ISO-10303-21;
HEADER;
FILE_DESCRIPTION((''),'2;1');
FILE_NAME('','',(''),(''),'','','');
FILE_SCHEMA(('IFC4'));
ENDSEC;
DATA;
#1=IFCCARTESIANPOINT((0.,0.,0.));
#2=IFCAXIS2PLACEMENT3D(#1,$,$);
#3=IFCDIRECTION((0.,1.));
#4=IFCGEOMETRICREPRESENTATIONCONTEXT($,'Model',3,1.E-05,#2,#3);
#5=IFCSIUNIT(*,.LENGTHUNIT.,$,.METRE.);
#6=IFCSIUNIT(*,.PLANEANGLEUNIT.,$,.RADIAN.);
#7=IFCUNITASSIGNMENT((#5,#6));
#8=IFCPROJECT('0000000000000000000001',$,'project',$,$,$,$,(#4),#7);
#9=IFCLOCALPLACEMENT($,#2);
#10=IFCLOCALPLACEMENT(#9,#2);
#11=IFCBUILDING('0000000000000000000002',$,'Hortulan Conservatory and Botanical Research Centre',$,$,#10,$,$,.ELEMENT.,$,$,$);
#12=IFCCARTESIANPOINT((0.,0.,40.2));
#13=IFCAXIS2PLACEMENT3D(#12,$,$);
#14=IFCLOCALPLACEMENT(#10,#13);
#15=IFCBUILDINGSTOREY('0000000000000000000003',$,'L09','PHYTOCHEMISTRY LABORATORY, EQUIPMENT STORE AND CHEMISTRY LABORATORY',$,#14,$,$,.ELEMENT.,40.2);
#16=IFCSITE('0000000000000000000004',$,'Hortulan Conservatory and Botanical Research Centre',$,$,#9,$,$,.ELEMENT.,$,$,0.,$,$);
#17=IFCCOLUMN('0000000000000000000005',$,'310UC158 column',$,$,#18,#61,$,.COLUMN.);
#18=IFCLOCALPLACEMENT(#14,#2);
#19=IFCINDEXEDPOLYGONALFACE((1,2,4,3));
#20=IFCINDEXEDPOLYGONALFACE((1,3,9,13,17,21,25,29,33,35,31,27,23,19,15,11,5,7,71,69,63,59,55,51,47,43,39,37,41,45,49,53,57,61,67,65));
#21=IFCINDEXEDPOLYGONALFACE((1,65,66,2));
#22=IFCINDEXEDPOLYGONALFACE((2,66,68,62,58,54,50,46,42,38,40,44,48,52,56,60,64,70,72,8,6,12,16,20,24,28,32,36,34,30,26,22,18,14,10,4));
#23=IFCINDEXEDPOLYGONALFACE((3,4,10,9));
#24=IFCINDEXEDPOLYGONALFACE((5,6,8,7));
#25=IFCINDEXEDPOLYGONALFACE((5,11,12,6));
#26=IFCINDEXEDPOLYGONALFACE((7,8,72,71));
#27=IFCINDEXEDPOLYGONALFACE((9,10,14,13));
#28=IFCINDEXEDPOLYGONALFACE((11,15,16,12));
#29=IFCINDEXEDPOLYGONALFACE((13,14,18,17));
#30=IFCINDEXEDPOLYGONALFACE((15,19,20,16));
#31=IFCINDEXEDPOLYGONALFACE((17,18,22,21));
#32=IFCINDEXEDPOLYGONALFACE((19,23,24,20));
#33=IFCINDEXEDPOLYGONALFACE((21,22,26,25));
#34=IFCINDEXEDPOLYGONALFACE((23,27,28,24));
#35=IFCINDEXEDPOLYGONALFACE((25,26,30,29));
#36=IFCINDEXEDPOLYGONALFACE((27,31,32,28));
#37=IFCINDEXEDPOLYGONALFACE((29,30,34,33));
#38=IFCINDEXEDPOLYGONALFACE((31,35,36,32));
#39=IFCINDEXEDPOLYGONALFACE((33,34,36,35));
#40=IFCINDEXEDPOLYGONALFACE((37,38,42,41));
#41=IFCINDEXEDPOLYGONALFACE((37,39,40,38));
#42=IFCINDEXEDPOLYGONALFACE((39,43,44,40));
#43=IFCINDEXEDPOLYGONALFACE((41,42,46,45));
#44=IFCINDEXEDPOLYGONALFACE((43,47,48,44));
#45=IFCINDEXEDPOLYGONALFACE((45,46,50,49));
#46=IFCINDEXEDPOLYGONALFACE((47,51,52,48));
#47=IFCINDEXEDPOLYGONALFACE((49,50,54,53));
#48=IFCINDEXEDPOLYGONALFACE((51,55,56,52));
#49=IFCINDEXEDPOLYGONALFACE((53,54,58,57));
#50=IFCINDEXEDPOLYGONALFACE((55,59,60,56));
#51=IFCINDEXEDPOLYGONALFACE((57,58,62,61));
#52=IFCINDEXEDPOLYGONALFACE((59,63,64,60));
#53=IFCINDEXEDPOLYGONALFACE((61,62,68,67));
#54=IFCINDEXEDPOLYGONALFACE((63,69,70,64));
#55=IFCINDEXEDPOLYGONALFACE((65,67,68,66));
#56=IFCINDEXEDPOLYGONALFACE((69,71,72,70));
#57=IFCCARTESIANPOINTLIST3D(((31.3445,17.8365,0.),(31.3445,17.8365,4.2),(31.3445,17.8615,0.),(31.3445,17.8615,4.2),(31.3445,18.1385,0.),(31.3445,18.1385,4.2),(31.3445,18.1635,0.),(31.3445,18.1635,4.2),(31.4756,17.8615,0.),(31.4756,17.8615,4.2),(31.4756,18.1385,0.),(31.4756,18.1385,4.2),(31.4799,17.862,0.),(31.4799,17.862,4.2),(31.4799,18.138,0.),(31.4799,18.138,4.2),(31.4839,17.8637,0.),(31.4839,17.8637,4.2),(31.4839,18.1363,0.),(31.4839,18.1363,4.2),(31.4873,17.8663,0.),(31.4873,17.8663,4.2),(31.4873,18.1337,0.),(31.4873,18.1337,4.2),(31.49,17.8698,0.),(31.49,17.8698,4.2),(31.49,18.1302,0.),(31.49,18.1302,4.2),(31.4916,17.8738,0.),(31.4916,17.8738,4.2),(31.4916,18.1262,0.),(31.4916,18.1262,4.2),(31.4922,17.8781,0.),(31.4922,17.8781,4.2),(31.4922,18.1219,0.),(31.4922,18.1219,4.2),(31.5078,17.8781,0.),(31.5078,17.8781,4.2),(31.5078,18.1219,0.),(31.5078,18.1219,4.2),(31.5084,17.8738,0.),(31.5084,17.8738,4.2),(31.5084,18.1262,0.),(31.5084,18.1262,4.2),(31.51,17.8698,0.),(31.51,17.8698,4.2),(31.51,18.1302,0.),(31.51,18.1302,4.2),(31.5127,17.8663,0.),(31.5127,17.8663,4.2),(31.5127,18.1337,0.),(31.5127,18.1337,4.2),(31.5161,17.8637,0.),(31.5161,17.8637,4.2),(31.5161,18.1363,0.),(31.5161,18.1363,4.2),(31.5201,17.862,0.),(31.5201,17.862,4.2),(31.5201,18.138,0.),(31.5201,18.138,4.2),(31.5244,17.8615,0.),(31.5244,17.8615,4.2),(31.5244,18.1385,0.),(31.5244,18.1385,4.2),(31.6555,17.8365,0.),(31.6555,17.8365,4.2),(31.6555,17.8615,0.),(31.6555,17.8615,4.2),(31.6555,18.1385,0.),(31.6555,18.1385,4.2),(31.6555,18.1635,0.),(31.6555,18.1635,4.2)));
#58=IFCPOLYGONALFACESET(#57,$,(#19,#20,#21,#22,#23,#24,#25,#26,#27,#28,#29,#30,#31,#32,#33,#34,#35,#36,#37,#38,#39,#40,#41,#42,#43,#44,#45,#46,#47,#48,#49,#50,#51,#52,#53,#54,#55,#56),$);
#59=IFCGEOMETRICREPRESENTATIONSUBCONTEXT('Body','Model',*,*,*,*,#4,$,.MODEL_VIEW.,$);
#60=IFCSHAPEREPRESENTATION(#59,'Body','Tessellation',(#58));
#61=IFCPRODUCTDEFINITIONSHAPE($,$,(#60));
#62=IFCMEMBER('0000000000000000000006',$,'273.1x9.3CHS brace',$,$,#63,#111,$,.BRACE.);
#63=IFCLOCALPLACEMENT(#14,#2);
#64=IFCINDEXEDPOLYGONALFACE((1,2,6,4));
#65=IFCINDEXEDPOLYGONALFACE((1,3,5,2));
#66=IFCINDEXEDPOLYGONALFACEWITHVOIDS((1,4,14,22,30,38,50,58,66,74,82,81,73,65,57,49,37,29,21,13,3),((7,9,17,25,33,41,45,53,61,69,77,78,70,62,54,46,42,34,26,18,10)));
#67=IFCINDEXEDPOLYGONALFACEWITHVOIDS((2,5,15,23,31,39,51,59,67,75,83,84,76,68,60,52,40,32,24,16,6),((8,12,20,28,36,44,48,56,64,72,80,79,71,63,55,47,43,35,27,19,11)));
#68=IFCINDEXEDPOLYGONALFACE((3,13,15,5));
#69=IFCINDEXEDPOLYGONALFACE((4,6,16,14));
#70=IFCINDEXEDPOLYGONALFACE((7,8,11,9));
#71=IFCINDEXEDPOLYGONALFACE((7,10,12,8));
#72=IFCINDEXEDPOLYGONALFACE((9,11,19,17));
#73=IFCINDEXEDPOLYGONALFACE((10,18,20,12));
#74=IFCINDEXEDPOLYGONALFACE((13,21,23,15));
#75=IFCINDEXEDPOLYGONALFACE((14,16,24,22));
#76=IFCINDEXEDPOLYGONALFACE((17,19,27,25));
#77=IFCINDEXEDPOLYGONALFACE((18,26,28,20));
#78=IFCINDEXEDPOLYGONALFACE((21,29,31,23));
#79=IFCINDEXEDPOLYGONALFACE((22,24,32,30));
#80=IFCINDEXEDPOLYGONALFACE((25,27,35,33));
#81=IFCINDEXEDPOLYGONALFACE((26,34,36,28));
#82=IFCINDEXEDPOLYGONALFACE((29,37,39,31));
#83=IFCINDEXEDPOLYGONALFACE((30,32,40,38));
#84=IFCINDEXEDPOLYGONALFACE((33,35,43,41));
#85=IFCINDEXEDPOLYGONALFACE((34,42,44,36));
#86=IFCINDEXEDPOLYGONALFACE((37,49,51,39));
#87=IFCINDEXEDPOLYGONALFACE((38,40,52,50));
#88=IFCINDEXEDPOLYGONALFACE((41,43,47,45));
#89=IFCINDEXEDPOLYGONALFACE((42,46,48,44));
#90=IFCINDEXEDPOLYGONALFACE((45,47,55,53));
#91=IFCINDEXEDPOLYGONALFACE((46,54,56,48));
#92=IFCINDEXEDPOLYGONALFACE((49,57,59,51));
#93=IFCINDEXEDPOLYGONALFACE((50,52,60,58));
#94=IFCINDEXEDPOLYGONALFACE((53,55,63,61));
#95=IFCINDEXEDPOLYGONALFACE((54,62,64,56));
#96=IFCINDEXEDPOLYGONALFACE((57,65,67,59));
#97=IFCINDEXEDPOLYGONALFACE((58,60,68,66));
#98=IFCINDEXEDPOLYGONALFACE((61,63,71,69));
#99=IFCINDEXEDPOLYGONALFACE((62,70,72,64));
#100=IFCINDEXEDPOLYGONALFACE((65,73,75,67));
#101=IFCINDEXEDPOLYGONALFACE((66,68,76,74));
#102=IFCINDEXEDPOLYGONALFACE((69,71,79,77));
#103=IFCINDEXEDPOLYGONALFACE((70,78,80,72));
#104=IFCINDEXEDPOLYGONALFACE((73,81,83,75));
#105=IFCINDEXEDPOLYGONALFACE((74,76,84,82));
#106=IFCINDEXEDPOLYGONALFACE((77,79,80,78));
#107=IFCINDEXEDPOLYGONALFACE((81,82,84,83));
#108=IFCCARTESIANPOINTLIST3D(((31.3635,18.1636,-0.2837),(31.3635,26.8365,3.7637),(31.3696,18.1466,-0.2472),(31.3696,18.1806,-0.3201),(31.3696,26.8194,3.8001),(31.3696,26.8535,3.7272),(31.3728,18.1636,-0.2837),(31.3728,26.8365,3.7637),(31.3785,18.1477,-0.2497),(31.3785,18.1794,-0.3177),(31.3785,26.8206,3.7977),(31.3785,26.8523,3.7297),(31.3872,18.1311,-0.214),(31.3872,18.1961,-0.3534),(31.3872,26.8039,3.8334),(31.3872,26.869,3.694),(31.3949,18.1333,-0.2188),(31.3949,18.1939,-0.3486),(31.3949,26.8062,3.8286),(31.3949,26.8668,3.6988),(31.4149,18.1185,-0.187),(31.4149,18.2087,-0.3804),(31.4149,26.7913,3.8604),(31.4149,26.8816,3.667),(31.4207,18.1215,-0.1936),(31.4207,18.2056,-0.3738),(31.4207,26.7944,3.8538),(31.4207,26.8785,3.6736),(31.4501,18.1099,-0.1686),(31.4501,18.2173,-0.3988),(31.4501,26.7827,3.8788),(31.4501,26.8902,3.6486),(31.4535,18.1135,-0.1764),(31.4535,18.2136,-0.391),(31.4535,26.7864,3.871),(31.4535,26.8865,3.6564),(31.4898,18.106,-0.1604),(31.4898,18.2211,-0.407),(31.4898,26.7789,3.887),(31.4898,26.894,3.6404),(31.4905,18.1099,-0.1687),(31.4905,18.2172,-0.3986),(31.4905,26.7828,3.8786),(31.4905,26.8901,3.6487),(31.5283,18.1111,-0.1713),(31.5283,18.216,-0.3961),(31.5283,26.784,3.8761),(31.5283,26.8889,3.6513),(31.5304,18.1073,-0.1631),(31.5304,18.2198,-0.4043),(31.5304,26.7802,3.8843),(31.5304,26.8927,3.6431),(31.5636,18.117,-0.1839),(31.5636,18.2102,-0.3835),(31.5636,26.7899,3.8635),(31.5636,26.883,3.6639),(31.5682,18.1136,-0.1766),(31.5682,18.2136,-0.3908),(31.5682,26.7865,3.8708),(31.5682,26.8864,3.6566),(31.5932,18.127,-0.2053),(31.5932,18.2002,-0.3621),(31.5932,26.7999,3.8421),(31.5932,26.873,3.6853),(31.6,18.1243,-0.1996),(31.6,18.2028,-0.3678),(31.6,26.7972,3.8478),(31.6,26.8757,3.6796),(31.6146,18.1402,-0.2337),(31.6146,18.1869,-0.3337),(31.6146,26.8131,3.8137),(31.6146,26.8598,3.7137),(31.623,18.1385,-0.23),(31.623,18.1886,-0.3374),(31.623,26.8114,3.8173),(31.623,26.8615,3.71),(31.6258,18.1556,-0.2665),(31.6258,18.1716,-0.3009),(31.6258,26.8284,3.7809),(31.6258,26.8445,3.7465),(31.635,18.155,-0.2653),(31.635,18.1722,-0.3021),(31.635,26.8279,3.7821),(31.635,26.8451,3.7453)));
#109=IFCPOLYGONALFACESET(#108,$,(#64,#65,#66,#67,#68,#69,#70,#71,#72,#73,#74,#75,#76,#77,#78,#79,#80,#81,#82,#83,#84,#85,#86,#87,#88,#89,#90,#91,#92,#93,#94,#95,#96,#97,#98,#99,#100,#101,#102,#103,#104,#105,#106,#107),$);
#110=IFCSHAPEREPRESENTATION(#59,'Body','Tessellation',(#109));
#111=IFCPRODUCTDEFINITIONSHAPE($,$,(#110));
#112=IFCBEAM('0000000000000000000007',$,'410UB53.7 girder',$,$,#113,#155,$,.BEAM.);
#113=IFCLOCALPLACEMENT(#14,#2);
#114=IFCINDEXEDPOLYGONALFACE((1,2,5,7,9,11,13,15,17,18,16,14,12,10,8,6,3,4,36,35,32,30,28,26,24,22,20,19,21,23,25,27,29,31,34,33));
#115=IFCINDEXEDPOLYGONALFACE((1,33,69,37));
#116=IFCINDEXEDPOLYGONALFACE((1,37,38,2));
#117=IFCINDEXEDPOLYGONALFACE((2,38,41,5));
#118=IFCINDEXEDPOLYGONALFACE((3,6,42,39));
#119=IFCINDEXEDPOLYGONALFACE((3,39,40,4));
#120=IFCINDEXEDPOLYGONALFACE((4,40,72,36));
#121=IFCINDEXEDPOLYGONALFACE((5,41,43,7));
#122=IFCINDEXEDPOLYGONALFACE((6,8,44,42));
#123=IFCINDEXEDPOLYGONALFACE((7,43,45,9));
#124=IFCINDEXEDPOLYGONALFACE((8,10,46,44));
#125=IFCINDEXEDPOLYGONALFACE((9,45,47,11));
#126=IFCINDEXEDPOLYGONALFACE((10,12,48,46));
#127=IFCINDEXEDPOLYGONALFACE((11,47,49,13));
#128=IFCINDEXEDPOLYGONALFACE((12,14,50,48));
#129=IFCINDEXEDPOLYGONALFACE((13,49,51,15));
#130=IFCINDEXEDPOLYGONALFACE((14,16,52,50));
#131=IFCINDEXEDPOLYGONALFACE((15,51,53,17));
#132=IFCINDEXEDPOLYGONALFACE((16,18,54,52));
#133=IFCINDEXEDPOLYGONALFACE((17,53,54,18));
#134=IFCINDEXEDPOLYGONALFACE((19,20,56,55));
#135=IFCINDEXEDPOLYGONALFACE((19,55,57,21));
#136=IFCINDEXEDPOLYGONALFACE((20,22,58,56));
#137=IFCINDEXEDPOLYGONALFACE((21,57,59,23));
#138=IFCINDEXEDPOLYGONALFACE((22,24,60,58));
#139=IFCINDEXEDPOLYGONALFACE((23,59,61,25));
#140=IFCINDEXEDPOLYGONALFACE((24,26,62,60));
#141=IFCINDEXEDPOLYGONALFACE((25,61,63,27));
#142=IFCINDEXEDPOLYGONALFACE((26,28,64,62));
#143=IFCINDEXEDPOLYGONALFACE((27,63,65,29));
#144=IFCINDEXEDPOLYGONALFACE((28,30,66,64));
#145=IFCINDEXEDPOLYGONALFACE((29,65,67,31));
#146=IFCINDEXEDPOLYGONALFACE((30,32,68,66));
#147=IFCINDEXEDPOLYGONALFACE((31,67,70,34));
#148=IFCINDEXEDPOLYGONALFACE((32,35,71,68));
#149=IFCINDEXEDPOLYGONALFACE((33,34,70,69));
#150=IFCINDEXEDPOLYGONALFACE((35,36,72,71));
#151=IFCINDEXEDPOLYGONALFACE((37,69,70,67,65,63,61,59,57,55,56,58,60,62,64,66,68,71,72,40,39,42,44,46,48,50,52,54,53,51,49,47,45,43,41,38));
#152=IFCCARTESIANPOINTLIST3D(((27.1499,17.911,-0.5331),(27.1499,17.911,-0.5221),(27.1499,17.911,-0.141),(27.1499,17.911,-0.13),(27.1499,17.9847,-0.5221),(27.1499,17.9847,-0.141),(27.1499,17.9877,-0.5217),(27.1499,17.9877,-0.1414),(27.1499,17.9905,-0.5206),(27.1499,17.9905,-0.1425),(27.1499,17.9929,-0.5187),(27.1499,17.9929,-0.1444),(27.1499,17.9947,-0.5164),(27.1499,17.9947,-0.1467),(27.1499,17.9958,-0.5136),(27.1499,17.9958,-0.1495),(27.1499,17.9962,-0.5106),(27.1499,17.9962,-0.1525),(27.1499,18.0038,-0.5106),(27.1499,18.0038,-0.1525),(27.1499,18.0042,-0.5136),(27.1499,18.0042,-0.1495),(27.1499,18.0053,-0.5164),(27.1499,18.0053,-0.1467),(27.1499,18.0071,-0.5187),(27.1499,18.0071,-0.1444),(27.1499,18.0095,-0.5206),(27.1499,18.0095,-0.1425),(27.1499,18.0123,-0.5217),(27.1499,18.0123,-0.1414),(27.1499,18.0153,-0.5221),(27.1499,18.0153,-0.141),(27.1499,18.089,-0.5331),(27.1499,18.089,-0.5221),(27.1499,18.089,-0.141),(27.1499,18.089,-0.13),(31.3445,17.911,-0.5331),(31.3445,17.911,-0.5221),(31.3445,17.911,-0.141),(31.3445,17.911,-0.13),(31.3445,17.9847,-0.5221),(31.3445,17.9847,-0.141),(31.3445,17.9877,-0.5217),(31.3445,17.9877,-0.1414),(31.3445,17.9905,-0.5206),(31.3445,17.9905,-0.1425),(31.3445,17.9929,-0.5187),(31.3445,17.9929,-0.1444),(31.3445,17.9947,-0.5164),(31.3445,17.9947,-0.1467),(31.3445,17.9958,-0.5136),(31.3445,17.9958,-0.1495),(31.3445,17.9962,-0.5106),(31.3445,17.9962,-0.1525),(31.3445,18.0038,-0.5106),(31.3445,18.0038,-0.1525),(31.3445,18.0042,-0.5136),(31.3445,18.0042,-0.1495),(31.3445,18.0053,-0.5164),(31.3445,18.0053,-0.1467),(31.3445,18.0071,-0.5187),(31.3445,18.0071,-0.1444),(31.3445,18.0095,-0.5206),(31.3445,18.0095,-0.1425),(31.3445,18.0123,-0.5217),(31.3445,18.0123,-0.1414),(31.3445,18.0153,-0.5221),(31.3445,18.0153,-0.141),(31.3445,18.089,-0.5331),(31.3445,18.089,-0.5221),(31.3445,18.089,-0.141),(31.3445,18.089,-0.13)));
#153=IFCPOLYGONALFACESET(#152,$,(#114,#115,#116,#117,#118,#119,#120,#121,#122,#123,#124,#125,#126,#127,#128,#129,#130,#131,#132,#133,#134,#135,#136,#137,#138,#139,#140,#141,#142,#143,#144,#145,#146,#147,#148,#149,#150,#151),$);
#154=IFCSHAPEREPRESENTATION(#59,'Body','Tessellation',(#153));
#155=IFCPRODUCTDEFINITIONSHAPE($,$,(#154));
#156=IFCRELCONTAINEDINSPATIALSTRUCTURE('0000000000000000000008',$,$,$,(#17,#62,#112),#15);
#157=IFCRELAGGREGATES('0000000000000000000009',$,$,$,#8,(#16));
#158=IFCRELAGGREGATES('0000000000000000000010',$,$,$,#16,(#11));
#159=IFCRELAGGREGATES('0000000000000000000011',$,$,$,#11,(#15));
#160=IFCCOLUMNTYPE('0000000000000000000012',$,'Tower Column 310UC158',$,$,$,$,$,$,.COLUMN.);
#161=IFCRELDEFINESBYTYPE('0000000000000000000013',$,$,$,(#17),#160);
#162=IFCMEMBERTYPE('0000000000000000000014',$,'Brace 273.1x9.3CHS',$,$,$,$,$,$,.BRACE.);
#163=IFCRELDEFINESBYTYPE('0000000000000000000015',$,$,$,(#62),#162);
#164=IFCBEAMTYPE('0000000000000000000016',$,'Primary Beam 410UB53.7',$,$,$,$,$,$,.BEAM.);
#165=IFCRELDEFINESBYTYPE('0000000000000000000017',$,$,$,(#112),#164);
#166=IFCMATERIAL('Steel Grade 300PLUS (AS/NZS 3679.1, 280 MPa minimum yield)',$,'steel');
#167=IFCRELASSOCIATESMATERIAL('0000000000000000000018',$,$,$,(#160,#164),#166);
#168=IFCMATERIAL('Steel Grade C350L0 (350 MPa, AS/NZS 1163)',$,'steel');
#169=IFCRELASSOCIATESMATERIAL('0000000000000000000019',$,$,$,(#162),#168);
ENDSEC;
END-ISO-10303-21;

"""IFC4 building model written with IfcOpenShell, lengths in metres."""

from ifc_helpers import new_model, si_unit, direction, frame, origin, origin_2d, place, context, subcontext, project, spatial, hollow_circle, i_section, extrude, material, material_profile, profile_set, type_object, element, save


model = new_model("IFC4")

# Units and contexts
model_context = context("Model", 3, precision=1e-05, world=origin(), true_north=direction((0.0, 1.0)))
body_context = subcontext(model_context, "Body", "Model", "MODEL_VIEW")
ifc_project = project(units=[si_unit("LENGTHUNIT", "METRE"), si_unit("PLANEANGLEUNIT", "RADIAN")], contexts=[model_context])

# Site, building, storey
site_placement = place(None, origin())
site = spatial("IfcSite", under=ifc_project, at=site_placement, Name="Hortulan Conservatory and Botanical Research Centre", CompositionType="ELEMENT", RefElevation=0.0)
building_placement = place(site_placement, origin())
building = spatial("IfcBuilding", under=site, at=building_placement, Name="Hortulan Conservatory and Botanical Research Centre", CompositionType="ELEMENT")
storey_placement = place(building_placement, frame((0.0, 0.0, 40.2)))
storey = spatial("IfcBuildingStorey", under=building, at=storey_placement, Name="L09", Description="PHYTOCHEMISTRY LABORATORY, EQUIPMENT STORE AND CHEMISTRY LABORATORY", CompositionType="ELEMENT", Elevation=40.2)

# Column
ifc_material_1 = material(Name="Steel Grade 300PLUS (AS/NZS 3679.1, 280 MPa minimum yield)", Category="steel")
ifc_material_profile_1 = material_profile(ifc_material_1, i_section(OverallWidth=0.311, OverallDepth=0.3269, WebThickness=0.0156, FlangeThickness=0.0249, FilletRadius=0.0166, at=origin_2d()), Name="310UC158")
ifc_profile_set_1 = profile_set([ifc_material_profile_1], Name="Steel Grade 300PLUS (AS/NZS 3679.1, 280 MPa minimum yield)")
column_type = type_object("IfcColumnType", Name="Tower Column 310UC158", PredefinedType="COLUMN", material=ifc_profile_set_1)
column_placement = place(storey_placement, frame((31.5, 18.0, 0.0), z_axis=(0.0, 0.0, 1.0), x_axis=(1.0, 0.0, 0.0)))
element("IfcColumn", 1, at=column_placement, inside=storey, type_object=column_type, Name="310UC158 column", PredefinedType="COLUMN", context=body_context, shape_type="SweptSolid", body=[
    extrude(i_section(OverallWidth=0.311, OverallDepth=0.3269, WebThickness=0.0156, FlangeThickness=0.0249, FilletRadius=0.0166, at=origin_2d()), origin(), (0.0, 0.0, 1.0), 4.2),
])

# Member
ifc_material_2 = material(Name="Steel Grade C350L0 (350 MPa, AS/NZS 1163)", Category="steel")
ifc_material_profile_2 = material_profile(ifc_material_2, hollow_circle(Radius=0.1365, WallThickness=0.0093, at=origin_2d()), Name="273.1x9.3CHS")
ifc_profile_set_2 = profile_set([ifc_material_profile_2], Name="Steel Grade C350L0 (350 MPa, AS/NZS 1163)")
member_type = type_object("IfcMemberType", Name="Brace 273.1x9.3CHS", PredefinedType="BRACE", material=ifc_profile_set_2)
member_placement = place(storey_placement, frame((31.5, 18.1636, -0.2837), z_axis=(0.0, 0.906182, 0.422888), x_axis=(-1.0, 0.0, 0.0)))
element("IfcMember", 2, at=member_placement, inside=storey, type_object=member_type, Name="273.1x9.3CHS brace", PredefinedType="BRACE", context=body_context, shape_type="SweptSolid", body=[
    extrude(hollow_circle(Radius=0.1365, WallThickness=0.0093, at=origin_2d()), origin(), (0.0, 0.0, 1.0), 9.5708),
])

# Beam
ifc_material_profile_3 = material_profile(ifc_material_1, i_section(OverallWidth=0.178, OverallDepth=0.4031, WebThickness=0.0076, FlangeThickness=0.011, FilletRadius=0.0115, at=origin_2d()), Name="410UB53.7")
ifc_profile_set_3 = profile_set([ifc_material_profile_3], Name="Steel Grade 300PLUS (AS/NZS 3679.1, 280 MPa minimum yield)")
beam_type_1 = type_object("IfcBeamType", Name="Primary Beam 410UB53.7", PredefinedType="BEAM", material=ifc_profile_set_3)
beam_1_placement = place(storey_placement, frame((27.1499, 18.0, -0.3315), z_axis=(1.0, 0.0, 0.0), x_axis=(0.0, 1.0, 0.0)))
element("IfcBeam", 3, at=beam_1_placement, inside=storey, type_object=beam_type_1, Name="410UB53.7 girder", PredefinedType="BEAM", context=body_context, shape_type="SweptSolid", body=[
    extrude(i_section(OverallWidth=0.178, OverallDepth=0.4031, WebThickness=0.0076, FlangeThickness=0.011, FilletRadius=0.0115, at=origin_2d()), origin(), (0.0, 0.0, 1.0), 4.1946),
])

save(model, "model.ifc")
